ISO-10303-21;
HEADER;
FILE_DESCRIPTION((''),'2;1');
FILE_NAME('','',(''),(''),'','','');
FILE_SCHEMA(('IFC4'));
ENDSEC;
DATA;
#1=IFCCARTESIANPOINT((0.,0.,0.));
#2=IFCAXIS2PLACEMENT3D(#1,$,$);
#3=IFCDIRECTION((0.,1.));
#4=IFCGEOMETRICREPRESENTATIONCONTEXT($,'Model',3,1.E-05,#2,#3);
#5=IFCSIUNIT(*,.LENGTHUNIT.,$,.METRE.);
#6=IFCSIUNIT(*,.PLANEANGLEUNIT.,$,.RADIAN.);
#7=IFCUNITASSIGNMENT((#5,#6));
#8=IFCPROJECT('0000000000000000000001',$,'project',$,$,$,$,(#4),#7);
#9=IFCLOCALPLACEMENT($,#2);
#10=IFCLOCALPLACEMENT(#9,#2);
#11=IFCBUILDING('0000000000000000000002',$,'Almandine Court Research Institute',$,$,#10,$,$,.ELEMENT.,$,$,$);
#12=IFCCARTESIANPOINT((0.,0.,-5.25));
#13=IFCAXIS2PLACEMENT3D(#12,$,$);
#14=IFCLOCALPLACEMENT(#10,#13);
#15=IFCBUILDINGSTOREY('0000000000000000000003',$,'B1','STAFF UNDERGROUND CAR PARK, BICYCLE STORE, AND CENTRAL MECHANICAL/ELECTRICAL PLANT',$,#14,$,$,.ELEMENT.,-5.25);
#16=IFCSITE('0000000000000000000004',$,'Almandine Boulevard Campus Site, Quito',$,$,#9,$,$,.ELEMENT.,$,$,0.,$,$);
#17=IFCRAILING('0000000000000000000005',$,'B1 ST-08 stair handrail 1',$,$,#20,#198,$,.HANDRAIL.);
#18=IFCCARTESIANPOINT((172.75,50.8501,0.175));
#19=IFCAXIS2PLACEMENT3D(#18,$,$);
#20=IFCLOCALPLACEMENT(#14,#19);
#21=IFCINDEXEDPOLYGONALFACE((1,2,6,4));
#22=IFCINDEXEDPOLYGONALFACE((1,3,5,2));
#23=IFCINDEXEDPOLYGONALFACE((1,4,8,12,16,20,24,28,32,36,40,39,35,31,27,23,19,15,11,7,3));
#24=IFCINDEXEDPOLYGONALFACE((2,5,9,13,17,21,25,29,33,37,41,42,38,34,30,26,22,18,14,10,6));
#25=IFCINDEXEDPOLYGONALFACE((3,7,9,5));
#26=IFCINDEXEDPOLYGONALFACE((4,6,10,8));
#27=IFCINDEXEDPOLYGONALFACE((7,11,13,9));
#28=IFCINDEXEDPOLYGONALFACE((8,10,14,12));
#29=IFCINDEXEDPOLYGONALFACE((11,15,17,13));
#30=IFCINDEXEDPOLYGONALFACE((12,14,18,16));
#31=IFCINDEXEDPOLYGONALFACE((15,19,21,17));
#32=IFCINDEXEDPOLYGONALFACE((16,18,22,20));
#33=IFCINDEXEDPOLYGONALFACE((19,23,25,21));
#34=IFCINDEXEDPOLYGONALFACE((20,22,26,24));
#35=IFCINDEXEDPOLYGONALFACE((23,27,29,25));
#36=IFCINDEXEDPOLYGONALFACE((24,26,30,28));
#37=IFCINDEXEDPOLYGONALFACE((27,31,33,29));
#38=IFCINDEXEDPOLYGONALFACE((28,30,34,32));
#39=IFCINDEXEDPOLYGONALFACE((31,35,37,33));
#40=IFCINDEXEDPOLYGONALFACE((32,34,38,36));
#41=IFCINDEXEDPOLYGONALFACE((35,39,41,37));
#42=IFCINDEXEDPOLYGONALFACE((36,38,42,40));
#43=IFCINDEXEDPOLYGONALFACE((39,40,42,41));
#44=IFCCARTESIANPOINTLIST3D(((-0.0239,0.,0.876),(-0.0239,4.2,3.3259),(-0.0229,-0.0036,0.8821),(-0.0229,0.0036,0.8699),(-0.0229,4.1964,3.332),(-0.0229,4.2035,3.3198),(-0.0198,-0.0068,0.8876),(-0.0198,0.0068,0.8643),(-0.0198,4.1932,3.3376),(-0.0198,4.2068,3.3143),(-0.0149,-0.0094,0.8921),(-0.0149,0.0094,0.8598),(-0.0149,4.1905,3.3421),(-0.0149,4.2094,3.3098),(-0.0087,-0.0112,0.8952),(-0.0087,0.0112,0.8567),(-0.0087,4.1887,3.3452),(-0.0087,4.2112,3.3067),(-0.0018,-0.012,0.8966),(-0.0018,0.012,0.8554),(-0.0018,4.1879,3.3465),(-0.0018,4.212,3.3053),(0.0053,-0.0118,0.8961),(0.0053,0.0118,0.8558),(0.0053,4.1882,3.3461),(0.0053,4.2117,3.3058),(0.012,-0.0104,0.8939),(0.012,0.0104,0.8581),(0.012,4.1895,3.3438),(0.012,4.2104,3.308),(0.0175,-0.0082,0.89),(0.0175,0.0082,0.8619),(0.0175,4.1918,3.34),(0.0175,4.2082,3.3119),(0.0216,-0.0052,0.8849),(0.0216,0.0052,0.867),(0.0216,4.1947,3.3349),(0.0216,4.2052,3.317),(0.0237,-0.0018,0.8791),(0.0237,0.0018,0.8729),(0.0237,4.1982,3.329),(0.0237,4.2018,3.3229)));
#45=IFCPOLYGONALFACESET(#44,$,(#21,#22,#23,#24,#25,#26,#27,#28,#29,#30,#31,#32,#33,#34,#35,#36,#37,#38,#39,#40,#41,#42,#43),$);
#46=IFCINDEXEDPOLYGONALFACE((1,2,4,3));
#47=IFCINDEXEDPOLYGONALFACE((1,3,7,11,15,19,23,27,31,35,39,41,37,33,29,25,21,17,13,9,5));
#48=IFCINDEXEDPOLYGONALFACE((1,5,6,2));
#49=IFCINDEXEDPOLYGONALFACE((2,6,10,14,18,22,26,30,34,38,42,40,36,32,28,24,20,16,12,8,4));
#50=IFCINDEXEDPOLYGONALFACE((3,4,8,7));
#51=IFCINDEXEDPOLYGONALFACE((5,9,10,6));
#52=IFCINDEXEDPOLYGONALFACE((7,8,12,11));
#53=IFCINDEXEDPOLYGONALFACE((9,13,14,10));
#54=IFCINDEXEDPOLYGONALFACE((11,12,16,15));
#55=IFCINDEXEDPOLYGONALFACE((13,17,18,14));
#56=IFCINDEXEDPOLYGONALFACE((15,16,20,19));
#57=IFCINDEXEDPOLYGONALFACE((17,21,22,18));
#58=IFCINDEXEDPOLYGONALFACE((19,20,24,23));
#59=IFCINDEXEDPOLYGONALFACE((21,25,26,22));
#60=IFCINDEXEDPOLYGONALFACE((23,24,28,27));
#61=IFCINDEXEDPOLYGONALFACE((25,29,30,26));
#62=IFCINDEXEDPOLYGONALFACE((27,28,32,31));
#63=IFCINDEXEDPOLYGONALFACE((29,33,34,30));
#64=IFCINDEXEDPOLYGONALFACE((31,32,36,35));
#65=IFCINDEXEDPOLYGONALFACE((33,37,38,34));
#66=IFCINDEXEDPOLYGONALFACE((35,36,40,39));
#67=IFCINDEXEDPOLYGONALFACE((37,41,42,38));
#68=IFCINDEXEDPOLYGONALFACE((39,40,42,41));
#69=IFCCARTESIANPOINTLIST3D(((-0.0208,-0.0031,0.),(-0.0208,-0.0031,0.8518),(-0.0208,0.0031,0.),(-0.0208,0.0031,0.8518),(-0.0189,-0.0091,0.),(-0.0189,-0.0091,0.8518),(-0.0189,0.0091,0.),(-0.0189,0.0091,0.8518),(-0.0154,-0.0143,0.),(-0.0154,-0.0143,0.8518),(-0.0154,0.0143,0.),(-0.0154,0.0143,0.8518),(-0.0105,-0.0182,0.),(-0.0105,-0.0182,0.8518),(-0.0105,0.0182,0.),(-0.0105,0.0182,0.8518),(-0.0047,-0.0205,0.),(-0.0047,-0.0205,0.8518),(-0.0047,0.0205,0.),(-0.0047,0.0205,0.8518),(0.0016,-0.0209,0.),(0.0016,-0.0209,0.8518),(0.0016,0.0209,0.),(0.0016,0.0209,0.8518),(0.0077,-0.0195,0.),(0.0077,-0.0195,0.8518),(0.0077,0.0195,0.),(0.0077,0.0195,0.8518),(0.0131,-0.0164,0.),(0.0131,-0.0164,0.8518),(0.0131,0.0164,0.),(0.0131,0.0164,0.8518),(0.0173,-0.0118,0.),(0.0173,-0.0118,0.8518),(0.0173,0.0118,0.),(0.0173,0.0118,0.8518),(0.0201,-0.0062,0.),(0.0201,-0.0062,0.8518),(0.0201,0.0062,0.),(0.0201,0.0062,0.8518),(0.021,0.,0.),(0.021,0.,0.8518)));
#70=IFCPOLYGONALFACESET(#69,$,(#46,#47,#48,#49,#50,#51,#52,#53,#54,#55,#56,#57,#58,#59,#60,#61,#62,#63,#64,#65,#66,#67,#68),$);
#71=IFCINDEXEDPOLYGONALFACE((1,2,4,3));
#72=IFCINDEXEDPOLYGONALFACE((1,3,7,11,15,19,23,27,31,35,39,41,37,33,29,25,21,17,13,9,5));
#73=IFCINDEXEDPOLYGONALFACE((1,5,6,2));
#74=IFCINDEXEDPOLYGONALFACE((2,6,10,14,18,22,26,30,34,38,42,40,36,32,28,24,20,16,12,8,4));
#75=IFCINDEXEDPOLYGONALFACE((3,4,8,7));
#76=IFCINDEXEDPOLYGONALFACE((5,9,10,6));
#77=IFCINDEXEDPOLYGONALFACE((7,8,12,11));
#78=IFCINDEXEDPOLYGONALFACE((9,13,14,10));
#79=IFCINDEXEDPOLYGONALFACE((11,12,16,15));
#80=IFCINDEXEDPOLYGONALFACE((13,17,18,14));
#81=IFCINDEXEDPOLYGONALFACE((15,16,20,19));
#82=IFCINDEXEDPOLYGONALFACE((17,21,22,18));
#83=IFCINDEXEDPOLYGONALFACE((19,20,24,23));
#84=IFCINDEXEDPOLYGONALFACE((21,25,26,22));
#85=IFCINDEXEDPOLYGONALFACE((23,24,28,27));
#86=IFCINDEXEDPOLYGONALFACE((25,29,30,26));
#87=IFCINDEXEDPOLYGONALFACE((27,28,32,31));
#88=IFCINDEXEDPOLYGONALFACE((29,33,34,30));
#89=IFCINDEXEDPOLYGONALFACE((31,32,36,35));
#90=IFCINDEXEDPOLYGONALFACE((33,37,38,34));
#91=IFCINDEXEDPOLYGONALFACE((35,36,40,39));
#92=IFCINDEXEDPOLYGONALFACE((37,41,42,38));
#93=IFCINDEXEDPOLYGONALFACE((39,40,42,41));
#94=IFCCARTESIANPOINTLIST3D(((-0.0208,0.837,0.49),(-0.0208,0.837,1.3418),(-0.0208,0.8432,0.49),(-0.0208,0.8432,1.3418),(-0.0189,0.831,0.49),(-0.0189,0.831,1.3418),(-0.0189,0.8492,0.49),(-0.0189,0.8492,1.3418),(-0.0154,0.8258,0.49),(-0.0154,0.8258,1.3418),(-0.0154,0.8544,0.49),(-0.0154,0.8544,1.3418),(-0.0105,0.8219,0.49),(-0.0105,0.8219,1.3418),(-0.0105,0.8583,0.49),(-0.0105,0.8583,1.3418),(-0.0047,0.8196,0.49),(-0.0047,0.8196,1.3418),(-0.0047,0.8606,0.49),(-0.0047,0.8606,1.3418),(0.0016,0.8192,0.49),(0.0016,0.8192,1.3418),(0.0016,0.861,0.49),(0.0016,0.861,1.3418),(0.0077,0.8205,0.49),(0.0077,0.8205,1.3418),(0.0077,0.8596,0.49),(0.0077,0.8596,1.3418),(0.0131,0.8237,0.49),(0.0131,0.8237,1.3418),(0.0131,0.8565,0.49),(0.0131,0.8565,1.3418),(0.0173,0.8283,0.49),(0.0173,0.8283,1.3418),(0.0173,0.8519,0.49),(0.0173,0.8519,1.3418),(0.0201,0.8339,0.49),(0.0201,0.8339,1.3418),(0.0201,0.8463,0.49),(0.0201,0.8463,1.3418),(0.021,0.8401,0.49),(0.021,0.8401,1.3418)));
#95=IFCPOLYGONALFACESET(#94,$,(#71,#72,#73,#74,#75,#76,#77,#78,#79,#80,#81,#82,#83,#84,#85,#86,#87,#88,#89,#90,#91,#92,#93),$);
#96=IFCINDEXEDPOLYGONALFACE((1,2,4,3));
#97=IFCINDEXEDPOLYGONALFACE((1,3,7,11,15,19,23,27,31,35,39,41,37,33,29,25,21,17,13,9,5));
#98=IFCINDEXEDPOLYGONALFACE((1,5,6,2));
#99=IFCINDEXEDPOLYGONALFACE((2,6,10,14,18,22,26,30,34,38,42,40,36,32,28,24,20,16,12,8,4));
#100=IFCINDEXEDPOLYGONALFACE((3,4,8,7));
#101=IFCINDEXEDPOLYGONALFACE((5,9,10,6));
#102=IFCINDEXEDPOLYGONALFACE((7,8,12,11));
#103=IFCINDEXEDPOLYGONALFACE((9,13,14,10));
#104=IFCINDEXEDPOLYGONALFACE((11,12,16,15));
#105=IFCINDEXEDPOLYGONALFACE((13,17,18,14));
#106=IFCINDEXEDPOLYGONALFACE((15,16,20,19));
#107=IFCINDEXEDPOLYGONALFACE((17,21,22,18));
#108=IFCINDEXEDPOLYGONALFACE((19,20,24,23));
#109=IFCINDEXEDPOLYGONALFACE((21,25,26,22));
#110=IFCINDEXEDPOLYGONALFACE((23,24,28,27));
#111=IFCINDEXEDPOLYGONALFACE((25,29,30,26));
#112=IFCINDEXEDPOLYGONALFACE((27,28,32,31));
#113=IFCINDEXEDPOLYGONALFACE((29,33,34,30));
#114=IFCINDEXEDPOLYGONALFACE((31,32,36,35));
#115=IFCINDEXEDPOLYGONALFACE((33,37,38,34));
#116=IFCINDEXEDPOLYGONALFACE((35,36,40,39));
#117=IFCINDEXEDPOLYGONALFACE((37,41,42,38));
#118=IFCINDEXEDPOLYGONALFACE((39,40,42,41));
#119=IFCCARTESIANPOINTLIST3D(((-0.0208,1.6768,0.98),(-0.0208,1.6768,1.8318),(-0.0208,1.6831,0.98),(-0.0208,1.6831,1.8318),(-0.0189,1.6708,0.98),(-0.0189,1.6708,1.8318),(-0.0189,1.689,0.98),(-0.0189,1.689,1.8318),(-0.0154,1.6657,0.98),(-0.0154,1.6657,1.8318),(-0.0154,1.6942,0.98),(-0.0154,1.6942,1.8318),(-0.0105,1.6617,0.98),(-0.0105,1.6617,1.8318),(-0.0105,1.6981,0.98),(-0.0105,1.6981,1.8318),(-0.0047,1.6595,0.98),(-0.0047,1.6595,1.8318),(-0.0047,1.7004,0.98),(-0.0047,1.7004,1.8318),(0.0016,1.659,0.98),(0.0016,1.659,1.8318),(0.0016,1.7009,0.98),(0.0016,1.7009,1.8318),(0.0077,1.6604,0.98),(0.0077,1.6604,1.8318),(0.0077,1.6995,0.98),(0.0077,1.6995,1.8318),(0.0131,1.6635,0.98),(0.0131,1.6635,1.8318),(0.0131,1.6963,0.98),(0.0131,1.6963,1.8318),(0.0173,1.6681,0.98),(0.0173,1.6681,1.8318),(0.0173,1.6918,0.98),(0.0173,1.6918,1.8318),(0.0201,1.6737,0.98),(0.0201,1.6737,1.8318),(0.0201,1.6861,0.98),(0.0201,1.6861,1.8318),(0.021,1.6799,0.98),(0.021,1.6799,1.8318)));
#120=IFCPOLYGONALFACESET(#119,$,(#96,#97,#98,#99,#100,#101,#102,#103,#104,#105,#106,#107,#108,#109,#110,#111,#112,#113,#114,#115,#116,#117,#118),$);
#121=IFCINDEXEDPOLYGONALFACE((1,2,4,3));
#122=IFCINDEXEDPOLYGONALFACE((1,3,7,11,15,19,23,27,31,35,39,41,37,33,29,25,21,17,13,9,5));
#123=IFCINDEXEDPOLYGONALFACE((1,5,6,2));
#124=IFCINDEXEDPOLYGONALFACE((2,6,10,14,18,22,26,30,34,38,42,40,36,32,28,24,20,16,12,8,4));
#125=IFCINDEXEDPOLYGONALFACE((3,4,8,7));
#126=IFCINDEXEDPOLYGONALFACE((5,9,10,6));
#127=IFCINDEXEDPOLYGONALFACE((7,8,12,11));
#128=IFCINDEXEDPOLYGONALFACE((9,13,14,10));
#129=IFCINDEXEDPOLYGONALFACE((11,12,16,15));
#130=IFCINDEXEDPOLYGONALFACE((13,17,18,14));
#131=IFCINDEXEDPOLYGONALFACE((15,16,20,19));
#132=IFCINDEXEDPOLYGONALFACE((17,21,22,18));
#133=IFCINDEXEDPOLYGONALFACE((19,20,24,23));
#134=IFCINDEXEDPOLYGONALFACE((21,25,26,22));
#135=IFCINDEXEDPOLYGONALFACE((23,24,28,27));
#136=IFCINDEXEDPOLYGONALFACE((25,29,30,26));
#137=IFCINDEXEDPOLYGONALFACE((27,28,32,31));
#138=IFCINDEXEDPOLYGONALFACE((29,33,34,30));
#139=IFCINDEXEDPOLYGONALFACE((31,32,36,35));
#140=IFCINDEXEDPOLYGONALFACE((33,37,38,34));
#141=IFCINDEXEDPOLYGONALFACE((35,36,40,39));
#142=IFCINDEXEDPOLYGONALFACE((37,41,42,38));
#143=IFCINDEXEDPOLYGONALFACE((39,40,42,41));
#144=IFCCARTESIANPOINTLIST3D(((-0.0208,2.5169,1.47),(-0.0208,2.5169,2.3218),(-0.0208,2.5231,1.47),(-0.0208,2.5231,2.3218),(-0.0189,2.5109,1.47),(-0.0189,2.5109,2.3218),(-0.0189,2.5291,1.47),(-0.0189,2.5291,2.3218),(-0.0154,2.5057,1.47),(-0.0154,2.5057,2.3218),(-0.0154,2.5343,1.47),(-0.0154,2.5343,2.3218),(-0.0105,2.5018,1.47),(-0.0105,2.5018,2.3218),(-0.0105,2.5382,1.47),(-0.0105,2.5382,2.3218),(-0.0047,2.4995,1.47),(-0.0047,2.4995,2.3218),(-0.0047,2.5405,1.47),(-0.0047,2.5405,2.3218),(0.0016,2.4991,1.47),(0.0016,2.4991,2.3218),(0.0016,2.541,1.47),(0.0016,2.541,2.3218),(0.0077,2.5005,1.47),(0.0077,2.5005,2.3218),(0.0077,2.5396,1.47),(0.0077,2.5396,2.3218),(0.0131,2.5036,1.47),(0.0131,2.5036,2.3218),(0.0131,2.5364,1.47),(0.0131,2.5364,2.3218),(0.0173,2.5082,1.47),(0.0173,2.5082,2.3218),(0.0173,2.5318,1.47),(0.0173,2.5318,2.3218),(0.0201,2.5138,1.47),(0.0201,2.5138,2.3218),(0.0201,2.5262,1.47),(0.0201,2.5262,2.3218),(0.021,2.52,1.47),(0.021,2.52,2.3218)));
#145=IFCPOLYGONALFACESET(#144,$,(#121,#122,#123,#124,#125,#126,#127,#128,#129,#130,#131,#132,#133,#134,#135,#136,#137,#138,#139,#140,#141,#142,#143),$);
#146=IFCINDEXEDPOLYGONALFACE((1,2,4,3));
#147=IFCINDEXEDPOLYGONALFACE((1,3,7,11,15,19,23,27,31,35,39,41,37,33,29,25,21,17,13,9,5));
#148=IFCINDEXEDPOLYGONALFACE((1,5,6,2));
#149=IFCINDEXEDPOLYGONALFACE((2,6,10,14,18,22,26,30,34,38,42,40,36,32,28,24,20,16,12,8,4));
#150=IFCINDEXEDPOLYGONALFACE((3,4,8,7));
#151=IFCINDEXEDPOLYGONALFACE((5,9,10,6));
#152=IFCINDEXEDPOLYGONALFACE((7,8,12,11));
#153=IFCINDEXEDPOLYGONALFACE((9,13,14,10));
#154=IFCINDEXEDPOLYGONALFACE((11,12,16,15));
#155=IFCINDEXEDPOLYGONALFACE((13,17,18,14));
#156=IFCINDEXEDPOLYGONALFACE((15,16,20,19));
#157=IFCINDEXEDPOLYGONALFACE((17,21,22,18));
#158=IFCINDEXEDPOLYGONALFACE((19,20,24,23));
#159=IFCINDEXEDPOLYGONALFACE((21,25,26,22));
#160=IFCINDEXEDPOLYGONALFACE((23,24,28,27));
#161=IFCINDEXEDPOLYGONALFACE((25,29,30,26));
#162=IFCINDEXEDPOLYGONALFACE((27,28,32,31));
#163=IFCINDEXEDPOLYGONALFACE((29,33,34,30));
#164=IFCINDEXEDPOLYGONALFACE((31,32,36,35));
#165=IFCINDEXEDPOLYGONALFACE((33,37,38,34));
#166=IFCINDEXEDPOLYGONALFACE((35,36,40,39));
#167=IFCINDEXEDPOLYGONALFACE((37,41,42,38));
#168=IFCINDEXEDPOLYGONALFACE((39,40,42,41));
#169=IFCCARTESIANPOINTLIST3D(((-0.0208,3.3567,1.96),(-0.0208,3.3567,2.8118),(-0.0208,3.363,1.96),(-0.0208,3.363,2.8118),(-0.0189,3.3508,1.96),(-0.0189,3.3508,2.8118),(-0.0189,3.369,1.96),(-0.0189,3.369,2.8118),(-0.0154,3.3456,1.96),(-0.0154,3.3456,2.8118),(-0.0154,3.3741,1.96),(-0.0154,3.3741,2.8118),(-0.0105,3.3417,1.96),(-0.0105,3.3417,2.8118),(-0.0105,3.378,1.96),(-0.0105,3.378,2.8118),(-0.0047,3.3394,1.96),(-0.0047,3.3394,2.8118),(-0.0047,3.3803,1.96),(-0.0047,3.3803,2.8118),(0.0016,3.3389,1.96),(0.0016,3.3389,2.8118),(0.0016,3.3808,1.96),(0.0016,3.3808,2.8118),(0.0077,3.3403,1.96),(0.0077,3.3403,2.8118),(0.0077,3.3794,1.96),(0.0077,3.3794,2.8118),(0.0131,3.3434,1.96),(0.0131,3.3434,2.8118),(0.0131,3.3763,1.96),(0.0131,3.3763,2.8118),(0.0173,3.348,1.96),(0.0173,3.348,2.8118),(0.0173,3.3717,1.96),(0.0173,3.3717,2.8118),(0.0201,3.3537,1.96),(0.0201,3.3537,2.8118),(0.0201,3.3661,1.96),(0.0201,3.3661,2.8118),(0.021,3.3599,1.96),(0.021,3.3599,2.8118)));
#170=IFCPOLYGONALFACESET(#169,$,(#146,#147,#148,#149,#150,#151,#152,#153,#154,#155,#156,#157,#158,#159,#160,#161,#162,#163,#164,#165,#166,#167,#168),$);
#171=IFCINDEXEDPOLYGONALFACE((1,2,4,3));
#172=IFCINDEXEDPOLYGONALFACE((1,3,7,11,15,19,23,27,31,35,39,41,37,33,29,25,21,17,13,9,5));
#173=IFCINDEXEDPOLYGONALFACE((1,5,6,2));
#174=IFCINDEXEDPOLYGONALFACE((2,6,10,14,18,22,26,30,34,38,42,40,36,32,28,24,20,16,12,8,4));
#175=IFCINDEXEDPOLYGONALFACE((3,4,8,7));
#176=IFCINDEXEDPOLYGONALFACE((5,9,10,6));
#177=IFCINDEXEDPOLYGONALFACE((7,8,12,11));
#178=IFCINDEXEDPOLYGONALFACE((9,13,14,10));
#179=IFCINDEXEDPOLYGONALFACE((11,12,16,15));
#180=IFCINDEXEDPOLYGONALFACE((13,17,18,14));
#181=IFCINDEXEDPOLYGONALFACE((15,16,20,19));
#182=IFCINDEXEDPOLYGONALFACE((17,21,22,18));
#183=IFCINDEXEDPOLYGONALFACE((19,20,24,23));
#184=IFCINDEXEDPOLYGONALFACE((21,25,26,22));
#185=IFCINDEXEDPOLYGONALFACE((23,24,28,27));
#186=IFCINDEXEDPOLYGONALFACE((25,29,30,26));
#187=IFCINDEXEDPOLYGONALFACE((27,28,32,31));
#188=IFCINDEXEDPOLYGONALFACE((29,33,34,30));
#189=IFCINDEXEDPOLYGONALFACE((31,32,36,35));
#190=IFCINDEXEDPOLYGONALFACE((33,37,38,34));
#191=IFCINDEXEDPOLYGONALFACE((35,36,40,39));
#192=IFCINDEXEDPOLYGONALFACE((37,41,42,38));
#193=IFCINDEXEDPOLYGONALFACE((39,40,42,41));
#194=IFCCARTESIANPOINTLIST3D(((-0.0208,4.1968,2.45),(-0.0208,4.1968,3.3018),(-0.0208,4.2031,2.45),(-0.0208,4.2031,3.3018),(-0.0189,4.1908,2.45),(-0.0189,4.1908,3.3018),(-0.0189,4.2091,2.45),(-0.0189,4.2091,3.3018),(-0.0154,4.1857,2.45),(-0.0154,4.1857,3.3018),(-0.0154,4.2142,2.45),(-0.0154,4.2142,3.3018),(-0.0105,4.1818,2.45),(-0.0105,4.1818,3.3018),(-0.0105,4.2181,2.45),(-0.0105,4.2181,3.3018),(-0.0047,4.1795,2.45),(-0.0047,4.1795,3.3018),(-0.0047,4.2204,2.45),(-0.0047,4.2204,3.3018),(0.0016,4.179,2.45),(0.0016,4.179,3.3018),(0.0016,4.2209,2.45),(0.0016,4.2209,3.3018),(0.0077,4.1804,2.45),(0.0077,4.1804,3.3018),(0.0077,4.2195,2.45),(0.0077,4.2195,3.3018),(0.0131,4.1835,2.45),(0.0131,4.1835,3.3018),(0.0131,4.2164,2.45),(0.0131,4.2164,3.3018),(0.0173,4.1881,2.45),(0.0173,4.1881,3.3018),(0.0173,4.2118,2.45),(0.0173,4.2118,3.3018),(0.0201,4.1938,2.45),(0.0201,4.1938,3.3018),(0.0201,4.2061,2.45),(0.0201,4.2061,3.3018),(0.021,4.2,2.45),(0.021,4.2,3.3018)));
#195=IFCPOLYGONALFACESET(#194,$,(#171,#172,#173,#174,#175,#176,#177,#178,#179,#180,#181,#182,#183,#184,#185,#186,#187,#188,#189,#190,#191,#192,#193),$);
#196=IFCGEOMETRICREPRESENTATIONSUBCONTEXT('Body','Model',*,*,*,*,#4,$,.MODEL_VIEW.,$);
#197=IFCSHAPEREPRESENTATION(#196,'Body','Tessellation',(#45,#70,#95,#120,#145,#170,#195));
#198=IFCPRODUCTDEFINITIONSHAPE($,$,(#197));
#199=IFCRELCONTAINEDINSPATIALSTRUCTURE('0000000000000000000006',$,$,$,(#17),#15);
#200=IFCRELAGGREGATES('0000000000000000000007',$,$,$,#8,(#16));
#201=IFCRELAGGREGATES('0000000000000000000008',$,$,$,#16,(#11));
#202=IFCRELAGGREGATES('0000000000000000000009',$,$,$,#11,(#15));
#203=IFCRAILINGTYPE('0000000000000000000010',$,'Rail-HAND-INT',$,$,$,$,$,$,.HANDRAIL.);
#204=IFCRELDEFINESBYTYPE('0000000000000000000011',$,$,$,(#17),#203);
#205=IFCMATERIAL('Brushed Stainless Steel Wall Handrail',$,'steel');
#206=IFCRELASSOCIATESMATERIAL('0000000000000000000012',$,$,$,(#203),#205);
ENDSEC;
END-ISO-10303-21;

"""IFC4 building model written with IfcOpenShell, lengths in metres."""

from ifc_helpers import new_model, si_unit, direction, frame, origin, origin_2d, place, context, subcontext, project, spatial, circle, extrude, material, type_object, element, save


model = new_model("IFC4")

# Units and contexts
model_context = context("Model", 3, precision=1e-05, world=origin(), true_north=direction((0.0, 1.0)))
body_context = subcontext(model_context, "Body", "Model", "MODEL_VIEW")
ifc_project = project(units=[si_unit("LENGTHUNIT", "METRE"), si_unit("PLANEANGLEUNIT", "RADIAN")], contexts=[model_context])

# Site, building, storey
site_placement = place(None, origin())
site = spatial("IfcSite", under=ifc_project, at=site_placement, Name="Almandine Boulevard Campus Site, Quito", CompositionType="ELEMENT", RefElevation=0.0)
building_placement = place(site_placement, origin())
building = spatial("IfcBuilding", under=site, at=building_placement, Name="Almandine Court Research Institute", CompositionType="ELEMENT")
storey_placement = place(building_placement, frame((0.0, 0.0, -5.25)))
storey = spatial("IfcBuildingStorey", under=building, at=storey_placement, Name="B1", Description="STAFF UNDERGROUND CAR PARK, BICYCLE STORE, AND CENTRAL MECHANICAL/ELECTRICAL PLANT", CompositionType="ELEMENT", Elevation=-5.25)

# Railing
ifc_material_1 = material(Name="Brushed Stainless Steel Wall Handrail", Category="steel")
railing_type_1 = type_object("IfcRailingType", Name="Rail-HAND-INT", PredefinedType="HANDRAIL", material=ifc_material_1)
railing_1_placement = place(storey_placement, frame((172.75, 50.8501, 0.175)))
element("IfcRailing", 1, at=railing_1_placement, inside=storey, type_object=railing_type_1, Name="B1 ST-08 stair handrail 1", PredefinedType="HANDRAIL", context=body_context, shape_type="SweptSolid", body=[
    extrude(circle(Radius=0.0239, at=origin_2d()), frame((0.0, 0.0, 0.876), z_axis=(0.0, 0.863781, 0.503868), x_axis=(-1.0, 0.0, 0.0)), (0.0, 0.0, 1.0), 4.8623),
    extrude(circle(Radius=0.021, at=origin_2d()), origin(), (0.0, 0.0, 1.0), 0.8518),
    extrude(circle(Radius=0.021, at=origin_2d()), frame((0.0, 0.8401, 0.49)), (0.0, 0.0, 1.0), 0.8518),
    extrude(circle(Radius=0.021, at=origin_2d()), frame((0.0, 1.6799, 0.98)), (0.0, 0.0, 1.0), 0.8518),
    extrude(circle(Radius=0.021, at=origin_2d()), frame((0.0, 2.52, 1.47)), (0.0, 0.0, 1.0), 0.8518),
    extrude(circle(Radius=0.021, at=origin_2d()), frame((0.0, 3.3599, 1.96)), (0.0, 0.0, 1.0), 0.8518),
    extrude(circle(Radius=0.021, at=origin_2d()), frame((0.0, 4.2, 2.45)), (0.0, 0.0, 1.0), 0.8518),
])

save(model, "model.ifc")
